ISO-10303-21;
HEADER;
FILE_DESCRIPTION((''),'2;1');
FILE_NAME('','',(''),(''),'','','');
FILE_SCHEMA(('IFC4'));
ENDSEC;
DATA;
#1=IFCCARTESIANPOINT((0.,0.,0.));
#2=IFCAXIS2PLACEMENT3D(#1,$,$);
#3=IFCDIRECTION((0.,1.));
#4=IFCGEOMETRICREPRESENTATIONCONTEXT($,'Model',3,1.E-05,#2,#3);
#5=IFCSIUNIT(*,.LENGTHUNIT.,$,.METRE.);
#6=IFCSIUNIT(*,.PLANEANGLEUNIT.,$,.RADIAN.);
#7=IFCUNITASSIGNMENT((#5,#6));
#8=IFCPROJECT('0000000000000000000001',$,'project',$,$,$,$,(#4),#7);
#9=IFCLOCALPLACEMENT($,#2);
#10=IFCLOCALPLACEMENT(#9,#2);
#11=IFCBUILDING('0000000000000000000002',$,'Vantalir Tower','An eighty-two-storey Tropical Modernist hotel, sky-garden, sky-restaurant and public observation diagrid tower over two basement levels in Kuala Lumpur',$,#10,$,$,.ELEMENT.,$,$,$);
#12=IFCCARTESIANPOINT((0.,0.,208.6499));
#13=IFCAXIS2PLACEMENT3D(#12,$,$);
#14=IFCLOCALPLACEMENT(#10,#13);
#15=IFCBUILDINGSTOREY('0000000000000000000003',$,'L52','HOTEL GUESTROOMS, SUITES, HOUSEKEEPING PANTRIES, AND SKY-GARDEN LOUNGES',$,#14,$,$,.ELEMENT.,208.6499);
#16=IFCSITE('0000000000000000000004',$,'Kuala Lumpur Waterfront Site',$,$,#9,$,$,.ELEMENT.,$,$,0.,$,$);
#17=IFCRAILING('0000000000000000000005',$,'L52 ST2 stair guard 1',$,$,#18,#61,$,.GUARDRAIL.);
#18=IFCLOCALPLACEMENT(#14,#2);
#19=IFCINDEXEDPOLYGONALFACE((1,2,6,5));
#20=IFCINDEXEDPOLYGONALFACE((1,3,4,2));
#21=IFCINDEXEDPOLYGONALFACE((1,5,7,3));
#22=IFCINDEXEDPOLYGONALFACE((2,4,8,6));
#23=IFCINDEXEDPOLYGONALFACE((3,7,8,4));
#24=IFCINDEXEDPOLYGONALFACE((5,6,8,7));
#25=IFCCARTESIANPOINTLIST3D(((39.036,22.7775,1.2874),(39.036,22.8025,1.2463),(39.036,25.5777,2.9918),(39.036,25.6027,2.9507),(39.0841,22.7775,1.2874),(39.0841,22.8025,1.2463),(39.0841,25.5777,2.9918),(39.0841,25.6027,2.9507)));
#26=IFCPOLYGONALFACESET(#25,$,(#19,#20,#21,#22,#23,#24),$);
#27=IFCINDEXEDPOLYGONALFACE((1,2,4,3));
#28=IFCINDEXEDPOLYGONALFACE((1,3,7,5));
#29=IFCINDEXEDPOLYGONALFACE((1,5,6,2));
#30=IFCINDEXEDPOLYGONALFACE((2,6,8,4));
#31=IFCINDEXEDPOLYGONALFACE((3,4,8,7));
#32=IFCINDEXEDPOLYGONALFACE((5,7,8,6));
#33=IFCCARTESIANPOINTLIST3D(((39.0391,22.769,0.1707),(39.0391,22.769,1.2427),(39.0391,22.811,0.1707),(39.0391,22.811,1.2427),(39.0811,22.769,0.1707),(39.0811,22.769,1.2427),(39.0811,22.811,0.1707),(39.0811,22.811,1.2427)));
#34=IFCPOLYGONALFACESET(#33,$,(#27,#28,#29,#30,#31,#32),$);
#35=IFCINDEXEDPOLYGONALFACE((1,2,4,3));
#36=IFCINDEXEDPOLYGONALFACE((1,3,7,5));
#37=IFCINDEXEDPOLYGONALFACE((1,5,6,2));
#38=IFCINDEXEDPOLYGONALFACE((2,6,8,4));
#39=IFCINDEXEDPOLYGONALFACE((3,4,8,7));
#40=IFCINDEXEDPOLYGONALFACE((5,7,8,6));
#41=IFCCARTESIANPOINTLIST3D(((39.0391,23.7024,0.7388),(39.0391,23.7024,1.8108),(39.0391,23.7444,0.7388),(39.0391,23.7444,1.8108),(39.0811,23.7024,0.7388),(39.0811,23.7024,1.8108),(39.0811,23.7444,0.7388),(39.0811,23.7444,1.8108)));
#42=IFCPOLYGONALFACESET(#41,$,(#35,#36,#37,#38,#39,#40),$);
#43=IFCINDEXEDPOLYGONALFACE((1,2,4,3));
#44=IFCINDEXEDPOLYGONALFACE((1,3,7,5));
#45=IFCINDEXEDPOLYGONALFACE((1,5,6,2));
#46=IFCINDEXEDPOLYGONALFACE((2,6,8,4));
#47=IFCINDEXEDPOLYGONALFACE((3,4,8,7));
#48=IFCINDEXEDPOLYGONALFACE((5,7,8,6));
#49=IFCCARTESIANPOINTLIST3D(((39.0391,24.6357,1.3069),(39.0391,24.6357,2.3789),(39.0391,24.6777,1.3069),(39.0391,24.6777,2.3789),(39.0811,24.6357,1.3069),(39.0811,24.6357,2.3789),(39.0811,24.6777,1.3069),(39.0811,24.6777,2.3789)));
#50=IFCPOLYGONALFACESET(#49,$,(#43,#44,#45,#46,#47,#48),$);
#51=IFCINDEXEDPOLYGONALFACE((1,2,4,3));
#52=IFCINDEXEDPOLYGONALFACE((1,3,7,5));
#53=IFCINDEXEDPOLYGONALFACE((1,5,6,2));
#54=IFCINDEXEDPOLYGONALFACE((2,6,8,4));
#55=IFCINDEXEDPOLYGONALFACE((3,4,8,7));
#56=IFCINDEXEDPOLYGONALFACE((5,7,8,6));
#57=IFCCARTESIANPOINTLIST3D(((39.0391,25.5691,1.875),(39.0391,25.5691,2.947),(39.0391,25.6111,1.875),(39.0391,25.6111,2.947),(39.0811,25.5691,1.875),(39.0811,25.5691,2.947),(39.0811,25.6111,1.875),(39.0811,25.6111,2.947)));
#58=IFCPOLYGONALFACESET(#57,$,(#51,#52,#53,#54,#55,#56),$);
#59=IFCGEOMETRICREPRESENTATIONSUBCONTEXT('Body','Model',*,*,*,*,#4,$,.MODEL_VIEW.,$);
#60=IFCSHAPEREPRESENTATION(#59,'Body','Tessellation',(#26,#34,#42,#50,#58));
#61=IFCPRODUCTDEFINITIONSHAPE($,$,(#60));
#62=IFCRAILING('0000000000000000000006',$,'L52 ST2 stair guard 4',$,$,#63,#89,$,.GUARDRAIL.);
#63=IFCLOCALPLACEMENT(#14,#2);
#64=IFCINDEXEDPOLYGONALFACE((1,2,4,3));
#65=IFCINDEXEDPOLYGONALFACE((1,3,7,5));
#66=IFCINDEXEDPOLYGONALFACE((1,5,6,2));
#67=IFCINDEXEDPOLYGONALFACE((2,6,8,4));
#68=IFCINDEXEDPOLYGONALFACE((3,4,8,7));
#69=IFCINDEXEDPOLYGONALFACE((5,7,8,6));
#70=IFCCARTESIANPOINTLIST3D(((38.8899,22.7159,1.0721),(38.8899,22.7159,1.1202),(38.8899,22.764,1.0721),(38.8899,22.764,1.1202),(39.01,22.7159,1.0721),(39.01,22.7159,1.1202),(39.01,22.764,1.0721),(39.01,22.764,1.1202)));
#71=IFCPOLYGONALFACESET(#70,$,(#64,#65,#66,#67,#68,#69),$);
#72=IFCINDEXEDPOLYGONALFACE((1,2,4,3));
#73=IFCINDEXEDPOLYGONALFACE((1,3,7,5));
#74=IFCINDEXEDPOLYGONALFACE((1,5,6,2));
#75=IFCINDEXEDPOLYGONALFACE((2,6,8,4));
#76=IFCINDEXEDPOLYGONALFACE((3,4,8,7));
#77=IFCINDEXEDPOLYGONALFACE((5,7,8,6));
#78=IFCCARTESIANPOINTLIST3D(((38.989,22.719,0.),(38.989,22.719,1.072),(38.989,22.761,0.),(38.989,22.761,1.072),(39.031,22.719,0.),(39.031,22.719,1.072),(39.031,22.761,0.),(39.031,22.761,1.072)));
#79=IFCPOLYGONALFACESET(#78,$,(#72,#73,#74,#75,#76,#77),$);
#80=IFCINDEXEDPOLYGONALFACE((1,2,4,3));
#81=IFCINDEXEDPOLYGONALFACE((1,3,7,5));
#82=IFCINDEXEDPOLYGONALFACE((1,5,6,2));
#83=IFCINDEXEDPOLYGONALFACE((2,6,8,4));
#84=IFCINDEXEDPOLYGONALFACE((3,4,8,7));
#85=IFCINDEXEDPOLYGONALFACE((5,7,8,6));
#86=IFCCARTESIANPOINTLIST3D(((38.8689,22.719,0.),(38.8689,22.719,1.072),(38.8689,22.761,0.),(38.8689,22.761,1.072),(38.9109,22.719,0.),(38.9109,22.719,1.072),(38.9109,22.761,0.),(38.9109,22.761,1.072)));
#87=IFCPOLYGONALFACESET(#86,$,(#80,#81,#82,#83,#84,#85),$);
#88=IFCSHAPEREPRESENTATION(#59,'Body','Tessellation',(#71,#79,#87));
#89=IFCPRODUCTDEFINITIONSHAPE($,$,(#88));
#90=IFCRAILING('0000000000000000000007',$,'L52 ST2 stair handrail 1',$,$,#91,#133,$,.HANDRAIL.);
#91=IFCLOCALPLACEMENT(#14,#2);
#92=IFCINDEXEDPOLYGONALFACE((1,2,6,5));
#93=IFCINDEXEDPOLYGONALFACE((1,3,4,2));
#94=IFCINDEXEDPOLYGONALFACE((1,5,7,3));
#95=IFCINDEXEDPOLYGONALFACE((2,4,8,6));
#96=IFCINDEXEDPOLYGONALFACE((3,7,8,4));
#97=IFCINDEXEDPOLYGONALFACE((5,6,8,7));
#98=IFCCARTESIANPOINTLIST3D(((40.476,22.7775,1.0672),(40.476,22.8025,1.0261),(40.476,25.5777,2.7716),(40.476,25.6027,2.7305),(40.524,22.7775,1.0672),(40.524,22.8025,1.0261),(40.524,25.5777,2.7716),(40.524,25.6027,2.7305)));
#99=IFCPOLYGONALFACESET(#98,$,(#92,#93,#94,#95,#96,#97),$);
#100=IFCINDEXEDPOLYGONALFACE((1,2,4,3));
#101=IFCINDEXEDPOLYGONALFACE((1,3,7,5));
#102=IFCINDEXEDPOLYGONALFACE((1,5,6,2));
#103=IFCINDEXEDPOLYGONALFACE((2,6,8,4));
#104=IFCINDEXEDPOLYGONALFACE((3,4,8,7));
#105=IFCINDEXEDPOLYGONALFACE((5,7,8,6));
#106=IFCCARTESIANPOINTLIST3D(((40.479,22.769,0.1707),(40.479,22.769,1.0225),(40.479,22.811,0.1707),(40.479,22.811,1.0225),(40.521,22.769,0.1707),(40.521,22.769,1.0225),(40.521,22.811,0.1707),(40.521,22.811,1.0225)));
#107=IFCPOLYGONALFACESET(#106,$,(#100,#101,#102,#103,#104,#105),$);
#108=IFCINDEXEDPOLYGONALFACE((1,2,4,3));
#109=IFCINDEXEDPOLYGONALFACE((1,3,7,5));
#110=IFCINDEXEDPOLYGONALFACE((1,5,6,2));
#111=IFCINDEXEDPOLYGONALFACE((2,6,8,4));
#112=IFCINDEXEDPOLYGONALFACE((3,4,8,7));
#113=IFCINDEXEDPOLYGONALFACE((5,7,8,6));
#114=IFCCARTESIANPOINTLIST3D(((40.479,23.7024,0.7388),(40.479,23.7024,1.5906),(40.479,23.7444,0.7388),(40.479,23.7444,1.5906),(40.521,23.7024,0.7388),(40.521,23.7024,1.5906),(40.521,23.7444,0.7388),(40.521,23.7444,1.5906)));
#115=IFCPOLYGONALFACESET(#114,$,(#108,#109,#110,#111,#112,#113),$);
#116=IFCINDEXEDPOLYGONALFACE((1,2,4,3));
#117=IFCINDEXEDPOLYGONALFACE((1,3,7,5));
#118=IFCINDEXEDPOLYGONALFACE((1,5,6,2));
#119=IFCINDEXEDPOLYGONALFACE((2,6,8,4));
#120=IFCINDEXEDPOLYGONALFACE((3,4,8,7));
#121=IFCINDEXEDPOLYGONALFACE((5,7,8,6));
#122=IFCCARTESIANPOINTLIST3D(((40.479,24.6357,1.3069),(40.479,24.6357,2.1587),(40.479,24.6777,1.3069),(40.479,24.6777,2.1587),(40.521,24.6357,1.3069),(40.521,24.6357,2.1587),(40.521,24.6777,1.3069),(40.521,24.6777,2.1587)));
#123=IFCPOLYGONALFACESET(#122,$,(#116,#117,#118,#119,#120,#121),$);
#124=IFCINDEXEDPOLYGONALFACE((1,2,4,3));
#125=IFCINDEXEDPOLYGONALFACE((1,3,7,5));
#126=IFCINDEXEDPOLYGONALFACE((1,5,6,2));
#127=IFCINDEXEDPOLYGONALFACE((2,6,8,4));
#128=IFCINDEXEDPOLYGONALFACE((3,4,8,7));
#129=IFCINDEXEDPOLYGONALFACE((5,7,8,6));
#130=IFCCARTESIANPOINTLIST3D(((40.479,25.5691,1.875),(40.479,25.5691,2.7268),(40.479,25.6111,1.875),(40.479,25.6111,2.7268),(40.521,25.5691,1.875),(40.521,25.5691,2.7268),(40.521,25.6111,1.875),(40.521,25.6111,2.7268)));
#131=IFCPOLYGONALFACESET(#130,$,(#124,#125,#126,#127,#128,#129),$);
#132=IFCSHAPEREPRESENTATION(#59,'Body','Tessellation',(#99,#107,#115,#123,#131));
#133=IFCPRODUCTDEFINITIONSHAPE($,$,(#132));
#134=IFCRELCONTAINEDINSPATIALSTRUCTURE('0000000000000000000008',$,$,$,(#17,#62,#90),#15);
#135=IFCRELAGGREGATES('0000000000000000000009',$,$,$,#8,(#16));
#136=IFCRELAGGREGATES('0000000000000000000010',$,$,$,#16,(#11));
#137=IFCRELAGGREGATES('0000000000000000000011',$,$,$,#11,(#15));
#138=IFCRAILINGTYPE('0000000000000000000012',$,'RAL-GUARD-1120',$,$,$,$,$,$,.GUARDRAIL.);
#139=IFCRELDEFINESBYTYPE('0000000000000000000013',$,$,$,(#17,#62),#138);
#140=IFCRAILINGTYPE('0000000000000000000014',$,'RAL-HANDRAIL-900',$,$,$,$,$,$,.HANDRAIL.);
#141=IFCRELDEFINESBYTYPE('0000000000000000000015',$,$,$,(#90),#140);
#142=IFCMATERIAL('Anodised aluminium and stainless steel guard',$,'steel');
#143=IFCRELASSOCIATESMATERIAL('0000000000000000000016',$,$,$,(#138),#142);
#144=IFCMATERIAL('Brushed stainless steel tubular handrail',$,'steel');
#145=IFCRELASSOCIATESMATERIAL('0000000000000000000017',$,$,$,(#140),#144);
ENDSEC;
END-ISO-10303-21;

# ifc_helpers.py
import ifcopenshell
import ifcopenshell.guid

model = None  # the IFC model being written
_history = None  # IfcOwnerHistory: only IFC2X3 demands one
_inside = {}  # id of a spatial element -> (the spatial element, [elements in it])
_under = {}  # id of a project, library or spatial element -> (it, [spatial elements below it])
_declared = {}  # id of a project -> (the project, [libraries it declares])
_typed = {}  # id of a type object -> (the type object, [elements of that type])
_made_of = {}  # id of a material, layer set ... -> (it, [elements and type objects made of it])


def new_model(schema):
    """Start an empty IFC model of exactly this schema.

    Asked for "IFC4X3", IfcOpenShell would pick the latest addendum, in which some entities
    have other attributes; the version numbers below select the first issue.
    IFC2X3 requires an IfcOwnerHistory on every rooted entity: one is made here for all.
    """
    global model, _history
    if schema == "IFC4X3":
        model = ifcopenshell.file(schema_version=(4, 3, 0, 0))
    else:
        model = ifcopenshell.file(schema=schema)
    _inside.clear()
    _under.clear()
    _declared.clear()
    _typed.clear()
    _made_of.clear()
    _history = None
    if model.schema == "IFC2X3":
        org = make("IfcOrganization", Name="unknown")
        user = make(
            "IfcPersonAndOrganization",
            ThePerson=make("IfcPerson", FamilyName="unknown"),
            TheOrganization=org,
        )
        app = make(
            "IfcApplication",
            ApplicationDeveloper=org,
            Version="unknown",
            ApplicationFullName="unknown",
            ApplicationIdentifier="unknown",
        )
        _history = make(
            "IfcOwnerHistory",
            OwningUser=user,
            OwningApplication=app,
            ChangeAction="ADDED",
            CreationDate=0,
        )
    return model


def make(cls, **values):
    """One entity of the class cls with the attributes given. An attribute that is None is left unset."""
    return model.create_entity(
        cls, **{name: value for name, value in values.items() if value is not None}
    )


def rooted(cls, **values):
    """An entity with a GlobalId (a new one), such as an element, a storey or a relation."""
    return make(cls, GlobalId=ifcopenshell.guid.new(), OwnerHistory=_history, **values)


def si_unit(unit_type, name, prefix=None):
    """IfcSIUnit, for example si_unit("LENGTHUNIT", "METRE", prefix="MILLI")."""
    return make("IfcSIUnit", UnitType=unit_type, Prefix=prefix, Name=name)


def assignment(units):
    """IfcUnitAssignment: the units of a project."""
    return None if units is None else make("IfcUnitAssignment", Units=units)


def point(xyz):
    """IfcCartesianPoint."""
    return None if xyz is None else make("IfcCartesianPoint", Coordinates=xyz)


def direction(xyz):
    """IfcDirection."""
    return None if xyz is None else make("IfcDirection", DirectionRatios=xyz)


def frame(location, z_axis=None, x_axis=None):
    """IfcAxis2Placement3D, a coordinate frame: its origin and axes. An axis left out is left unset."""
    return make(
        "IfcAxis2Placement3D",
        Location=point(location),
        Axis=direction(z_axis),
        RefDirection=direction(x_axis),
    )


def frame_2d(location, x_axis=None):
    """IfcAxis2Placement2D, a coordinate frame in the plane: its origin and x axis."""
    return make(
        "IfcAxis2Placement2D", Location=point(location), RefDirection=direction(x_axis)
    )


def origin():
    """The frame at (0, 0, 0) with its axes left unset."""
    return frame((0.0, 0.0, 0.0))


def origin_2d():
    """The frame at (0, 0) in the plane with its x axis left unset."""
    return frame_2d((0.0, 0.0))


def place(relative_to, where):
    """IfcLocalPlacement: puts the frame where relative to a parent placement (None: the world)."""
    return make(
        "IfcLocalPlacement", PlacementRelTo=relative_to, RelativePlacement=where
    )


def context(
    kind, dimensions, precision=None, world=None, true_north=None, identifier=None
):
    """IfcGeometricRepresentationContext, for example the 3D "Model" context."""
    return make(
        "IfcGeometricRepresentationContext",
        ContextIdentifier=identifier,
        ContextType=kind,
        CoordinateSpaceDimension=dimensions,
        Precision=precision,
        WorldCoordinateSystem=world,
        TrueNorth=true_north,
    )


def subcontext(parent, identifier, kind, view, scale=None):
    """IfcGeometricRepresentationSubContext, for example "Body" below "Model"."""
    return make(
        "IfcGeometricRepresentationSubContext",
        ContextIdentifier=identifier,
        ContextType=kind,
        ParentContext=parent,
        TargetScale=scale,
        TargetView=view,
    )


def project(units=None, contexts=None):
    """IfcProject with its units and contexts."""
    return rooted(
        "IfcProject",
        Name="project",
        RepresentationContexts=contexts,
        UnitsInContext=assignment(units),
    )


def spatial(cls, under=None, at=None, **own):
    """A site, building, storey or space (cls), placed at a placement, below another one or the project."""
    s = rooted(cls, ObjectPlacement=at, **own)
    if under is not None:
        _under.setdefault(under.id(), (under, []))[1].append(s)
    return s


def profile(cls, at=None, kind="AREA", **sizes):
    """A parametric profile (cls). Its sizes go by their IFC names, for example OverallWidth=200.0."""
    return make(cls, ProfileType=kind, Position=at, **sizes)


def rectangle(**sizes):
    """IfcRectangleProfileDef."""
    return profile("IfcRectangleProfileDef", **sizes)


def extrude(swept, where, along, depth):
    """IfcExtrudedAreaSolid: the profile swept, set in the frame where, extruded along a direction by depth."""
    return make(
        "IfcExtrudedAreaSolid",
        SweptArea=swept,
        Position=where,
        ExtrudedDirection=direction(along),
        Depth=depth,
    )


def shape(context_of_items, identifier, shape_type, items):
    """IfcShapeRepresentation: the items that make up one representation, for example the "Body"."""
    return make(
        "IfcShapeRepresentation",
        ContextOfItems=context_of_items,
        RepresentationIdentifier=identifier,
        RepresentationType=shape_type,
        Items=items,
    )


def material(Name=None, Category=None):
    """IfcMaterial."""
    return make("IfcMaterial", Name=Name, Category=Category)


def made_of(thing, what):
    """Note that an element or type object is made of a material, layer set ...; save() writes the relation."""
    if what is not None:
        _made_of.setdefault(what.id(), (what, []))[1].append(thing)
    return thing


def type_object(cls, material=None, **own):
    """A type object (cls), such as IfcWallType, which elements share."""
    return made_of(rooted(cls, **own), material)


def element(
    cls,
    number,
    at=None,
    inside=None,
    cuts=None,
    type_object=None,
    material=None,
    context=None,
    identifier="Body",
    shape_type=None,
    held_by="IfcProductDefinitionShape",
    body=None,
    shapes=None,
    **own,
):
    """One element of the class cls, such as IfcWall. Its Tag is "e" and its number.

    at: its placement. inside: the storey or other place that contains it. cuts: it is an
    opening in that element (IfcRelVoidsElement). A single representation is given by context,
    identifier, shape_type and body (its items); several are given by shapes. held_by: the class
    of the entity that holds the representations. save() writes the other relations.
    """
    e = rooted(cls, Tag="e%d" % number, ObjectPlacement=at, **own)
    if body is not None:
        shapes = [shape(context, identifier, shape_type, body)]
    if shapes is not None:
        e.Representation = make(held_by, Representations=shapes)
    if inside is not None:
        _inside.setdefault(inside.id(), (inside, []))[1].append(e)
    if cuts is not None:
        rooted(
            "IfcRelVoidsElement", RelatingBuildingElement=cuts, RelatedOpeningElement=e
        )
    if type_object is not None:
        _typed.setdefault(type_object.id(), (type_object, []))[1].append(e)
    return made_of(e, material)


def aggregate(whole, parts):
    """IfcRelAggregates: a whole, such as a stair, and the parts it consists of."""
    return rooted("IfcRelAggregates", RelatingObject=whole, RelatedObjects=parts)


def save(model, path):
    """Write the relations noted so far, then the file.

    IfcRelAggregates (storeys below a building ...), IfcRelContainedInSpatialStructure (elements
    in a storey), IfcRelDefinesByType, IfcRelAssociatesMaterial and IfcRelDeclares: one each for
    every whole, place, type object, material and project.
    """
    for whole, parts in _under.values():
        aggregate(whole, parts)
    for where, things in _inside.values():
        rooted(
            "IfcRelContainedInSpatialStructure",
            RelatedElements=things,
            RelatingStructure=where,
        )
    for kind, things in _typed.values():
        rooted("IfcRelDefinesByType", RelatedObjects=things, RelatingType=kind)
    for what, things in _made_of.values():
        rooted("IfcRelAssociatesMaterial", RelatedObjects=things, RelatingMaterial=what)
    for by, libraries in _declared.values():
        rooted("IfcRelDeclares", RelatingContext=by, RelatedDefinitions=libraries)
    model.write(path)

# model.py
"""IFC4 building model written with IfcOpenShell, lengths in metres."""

from ifc_helpers import new_model, si_unit, direction, frame, origin, origin_2d, place, context, subcontext, project, spatial, rectangle, extrude, material, type_object, element, save


model = new_model("IFC4")

# Units and contexts
model_context = context("Model", 3, precision=1e-05, world=origin(), true_north=direction((0.0, 1.0)))
body_context = subcontext(model_context, "Body", "Model", "MODEL_VIEW")
ifc_project = project(units=[si_unit("LENGTHUNIT", "METRE"), si_unit("PLANEANGLEUNIT", "RADIAN")], contexts=[model_context])

# Site, building, storey
site_placement = place(None, origin())
site = spatial("IfcSite", under=ifc_project, at=site_placement, Name="Kuala Lumpur Waterfront Site", CompositionType="ELEMENT", RefElevation=0.0)
building_placement = place(site_placement, origin())
building = spatial("IfcBuilding", under=site, at=building_placement, Name="Vantalir Tower", Description="An eighty-two-storey Tropical Modernist hotel, sky-garden, sky-restaurant and public observation diagrid tower over two basement levels in Kuala Lumpur", CompositionType="ELEMENT")
storey_placement = place(building_placement, frame((0.0, 0.0, 208.6499)))
storey = spatial("IfcBuildingStorey", under=building, at=storey_placement, Name="L52", Description="HOTEL GUESTROOMS, SUITES, HOUSEKEEPING PANTRIES, AND SKY-GARDEN LOUNGES", CompositionType="ELEMENT", Elevation=208.6499)

# Railings
ifc_material_1 = material(Name="Anodised aluminium and stainless steel guard", Category="steel")
railing_type_1 = type_object("IfcRailingType", Name="RAL-GUARD-1120", PredefinedType="GUARDRAIL", material=ifc_material_1)
railing_1_placement = place(storey_placement, frame((39.0601, 22.79, 0.1707)))
element("IfcRailing", 1, at=railing_1_placement, inside=storey, type_object=railing_type_1, Name="L52 ST2 stair guard 1", PredefinedType="GUARDRAIL", context=body_context, shape_type="SweptSolid", body=[
    extrude(rectangle(XDim=0.0481, YDim=0.0481, at=origin_2d()), frame((0.0, 0.0, 1.0962), z_axis=(0.0, 0.854203, 0.51994), x_axis=(-1.0, 0.0, 0.0)), (0.0, 0.0, 1.0), 3.2781),
    extrude(rectangle(XDim=0.042, YDim=0.042, at=origin_2d()), origin(), (0.0, 0.0, 1.0), 1.072),
    extrude(rectangle(XDim=0.042, YDim=0.042, at=origin_2d()), frame((0.0, 0.9333, 0.5681)), (0.0, 0.0, 1.0), 1.072),
    extrude(rectangle(XDim=0.042, YDim=0.042, at=origin_2d()), frame((0.0, 1.8667, 1.1362)), (0.0, 0.0, 1.0), 1.072),
    extrude(rectangle(XDim=0.042, YDim=0.042, at=origin_2d()), frame((0.0, 2.8, 1.7043)), (0.0, 0.0, 1.0), 1.072),
])
railing_2_placement = place(storey_placement, frame((39.01, 22.74, 0.0)))
element("IfcRailing", 2, at=railing_2_placement, inside=storey, type_object=railing_type_1, Name="L52 ST2 stair guard 4", PredefinedType="GUARDRAIL", context=body_context, shape_type="SweptSolid", body=[
    extrude(rectangle(XDim=0.0481, YDim=0.0481, at=origin_2d()), frame((0.0, 0.0, 1.0962), z_axis=(-1.0, 0.0, 0.0), x_axis=(0.0, -1.0, 0.0)), (0.0, 0.0, 1.0), 0.1201),
    extrude(rectangle(XDim=0.042, YDim=0.042, at=origin_2d()), origin(), (0.0, 0.0, 1.0), 1.072),
    extrude(rectangle(XDim=0.042, YDim=0.042, at=origin_2d()), frame((-0.1201, 0.0, 0.0)), (0.0, 0.0, 1.0), 1.072),
])
ifc_material_2 = material(Name="Brushed stainless steel tubular handrail", Category="steel")
railing_type_2 = type_object("IfcRailingType", Name="RAL-HANDRAIL-900", PredefinedType="HANDRAIL", material=ifc_material_2)
railing_3_placement = place(storey_placement, frame((40.5, 22.79, 0.1707)))
element("IfcRailing", 3, at=railing_3_placement, inside=storey, type_object=railing_type_2, Name="L52 ST2 stair handrail 1", PredefinedType="HANDRAIL", context=body_context, shape_type="SweptSolid", body=[
    extrude(rectangle(XDim=0.0481, YDim=0.0481, at=origin_2d()), frame((0.0, 0.0, 0.876), z_axis=(0.0, 0.854203, 0.51994), x_axis=(-1.0, 0.0, 0.0)), (0.0, 0.0, 1.0), 3.2781),
    extrude(rectangle(XDim=0.042, YDim=0.042, at=origin_2d()), origin(), (0.0, 0.0, 1.0), 0.8518),
    extrude(rectangle(XDim=0.042, YDim=0.042, at=origin_2d()), frame((0.0, 0.9333, 0.5681)), (0.0, 0.0, 1.0), 0.8518),
    extrude(rectangle(XDim=0.042, YDim=0.042, at=origin_2d()), frame((0.0, 1.8667, 1.1362)), (0.0, 0.0, 1.0), 0.8518),
    extrude(rectangle(XDim=0.042, YDim=0.042, at=origin_2d()), frame((0.0, 2.8, 1.7043)), (0.0, 0.0, 1.0), 0.8518),
])

save(model, "model.ifc")
